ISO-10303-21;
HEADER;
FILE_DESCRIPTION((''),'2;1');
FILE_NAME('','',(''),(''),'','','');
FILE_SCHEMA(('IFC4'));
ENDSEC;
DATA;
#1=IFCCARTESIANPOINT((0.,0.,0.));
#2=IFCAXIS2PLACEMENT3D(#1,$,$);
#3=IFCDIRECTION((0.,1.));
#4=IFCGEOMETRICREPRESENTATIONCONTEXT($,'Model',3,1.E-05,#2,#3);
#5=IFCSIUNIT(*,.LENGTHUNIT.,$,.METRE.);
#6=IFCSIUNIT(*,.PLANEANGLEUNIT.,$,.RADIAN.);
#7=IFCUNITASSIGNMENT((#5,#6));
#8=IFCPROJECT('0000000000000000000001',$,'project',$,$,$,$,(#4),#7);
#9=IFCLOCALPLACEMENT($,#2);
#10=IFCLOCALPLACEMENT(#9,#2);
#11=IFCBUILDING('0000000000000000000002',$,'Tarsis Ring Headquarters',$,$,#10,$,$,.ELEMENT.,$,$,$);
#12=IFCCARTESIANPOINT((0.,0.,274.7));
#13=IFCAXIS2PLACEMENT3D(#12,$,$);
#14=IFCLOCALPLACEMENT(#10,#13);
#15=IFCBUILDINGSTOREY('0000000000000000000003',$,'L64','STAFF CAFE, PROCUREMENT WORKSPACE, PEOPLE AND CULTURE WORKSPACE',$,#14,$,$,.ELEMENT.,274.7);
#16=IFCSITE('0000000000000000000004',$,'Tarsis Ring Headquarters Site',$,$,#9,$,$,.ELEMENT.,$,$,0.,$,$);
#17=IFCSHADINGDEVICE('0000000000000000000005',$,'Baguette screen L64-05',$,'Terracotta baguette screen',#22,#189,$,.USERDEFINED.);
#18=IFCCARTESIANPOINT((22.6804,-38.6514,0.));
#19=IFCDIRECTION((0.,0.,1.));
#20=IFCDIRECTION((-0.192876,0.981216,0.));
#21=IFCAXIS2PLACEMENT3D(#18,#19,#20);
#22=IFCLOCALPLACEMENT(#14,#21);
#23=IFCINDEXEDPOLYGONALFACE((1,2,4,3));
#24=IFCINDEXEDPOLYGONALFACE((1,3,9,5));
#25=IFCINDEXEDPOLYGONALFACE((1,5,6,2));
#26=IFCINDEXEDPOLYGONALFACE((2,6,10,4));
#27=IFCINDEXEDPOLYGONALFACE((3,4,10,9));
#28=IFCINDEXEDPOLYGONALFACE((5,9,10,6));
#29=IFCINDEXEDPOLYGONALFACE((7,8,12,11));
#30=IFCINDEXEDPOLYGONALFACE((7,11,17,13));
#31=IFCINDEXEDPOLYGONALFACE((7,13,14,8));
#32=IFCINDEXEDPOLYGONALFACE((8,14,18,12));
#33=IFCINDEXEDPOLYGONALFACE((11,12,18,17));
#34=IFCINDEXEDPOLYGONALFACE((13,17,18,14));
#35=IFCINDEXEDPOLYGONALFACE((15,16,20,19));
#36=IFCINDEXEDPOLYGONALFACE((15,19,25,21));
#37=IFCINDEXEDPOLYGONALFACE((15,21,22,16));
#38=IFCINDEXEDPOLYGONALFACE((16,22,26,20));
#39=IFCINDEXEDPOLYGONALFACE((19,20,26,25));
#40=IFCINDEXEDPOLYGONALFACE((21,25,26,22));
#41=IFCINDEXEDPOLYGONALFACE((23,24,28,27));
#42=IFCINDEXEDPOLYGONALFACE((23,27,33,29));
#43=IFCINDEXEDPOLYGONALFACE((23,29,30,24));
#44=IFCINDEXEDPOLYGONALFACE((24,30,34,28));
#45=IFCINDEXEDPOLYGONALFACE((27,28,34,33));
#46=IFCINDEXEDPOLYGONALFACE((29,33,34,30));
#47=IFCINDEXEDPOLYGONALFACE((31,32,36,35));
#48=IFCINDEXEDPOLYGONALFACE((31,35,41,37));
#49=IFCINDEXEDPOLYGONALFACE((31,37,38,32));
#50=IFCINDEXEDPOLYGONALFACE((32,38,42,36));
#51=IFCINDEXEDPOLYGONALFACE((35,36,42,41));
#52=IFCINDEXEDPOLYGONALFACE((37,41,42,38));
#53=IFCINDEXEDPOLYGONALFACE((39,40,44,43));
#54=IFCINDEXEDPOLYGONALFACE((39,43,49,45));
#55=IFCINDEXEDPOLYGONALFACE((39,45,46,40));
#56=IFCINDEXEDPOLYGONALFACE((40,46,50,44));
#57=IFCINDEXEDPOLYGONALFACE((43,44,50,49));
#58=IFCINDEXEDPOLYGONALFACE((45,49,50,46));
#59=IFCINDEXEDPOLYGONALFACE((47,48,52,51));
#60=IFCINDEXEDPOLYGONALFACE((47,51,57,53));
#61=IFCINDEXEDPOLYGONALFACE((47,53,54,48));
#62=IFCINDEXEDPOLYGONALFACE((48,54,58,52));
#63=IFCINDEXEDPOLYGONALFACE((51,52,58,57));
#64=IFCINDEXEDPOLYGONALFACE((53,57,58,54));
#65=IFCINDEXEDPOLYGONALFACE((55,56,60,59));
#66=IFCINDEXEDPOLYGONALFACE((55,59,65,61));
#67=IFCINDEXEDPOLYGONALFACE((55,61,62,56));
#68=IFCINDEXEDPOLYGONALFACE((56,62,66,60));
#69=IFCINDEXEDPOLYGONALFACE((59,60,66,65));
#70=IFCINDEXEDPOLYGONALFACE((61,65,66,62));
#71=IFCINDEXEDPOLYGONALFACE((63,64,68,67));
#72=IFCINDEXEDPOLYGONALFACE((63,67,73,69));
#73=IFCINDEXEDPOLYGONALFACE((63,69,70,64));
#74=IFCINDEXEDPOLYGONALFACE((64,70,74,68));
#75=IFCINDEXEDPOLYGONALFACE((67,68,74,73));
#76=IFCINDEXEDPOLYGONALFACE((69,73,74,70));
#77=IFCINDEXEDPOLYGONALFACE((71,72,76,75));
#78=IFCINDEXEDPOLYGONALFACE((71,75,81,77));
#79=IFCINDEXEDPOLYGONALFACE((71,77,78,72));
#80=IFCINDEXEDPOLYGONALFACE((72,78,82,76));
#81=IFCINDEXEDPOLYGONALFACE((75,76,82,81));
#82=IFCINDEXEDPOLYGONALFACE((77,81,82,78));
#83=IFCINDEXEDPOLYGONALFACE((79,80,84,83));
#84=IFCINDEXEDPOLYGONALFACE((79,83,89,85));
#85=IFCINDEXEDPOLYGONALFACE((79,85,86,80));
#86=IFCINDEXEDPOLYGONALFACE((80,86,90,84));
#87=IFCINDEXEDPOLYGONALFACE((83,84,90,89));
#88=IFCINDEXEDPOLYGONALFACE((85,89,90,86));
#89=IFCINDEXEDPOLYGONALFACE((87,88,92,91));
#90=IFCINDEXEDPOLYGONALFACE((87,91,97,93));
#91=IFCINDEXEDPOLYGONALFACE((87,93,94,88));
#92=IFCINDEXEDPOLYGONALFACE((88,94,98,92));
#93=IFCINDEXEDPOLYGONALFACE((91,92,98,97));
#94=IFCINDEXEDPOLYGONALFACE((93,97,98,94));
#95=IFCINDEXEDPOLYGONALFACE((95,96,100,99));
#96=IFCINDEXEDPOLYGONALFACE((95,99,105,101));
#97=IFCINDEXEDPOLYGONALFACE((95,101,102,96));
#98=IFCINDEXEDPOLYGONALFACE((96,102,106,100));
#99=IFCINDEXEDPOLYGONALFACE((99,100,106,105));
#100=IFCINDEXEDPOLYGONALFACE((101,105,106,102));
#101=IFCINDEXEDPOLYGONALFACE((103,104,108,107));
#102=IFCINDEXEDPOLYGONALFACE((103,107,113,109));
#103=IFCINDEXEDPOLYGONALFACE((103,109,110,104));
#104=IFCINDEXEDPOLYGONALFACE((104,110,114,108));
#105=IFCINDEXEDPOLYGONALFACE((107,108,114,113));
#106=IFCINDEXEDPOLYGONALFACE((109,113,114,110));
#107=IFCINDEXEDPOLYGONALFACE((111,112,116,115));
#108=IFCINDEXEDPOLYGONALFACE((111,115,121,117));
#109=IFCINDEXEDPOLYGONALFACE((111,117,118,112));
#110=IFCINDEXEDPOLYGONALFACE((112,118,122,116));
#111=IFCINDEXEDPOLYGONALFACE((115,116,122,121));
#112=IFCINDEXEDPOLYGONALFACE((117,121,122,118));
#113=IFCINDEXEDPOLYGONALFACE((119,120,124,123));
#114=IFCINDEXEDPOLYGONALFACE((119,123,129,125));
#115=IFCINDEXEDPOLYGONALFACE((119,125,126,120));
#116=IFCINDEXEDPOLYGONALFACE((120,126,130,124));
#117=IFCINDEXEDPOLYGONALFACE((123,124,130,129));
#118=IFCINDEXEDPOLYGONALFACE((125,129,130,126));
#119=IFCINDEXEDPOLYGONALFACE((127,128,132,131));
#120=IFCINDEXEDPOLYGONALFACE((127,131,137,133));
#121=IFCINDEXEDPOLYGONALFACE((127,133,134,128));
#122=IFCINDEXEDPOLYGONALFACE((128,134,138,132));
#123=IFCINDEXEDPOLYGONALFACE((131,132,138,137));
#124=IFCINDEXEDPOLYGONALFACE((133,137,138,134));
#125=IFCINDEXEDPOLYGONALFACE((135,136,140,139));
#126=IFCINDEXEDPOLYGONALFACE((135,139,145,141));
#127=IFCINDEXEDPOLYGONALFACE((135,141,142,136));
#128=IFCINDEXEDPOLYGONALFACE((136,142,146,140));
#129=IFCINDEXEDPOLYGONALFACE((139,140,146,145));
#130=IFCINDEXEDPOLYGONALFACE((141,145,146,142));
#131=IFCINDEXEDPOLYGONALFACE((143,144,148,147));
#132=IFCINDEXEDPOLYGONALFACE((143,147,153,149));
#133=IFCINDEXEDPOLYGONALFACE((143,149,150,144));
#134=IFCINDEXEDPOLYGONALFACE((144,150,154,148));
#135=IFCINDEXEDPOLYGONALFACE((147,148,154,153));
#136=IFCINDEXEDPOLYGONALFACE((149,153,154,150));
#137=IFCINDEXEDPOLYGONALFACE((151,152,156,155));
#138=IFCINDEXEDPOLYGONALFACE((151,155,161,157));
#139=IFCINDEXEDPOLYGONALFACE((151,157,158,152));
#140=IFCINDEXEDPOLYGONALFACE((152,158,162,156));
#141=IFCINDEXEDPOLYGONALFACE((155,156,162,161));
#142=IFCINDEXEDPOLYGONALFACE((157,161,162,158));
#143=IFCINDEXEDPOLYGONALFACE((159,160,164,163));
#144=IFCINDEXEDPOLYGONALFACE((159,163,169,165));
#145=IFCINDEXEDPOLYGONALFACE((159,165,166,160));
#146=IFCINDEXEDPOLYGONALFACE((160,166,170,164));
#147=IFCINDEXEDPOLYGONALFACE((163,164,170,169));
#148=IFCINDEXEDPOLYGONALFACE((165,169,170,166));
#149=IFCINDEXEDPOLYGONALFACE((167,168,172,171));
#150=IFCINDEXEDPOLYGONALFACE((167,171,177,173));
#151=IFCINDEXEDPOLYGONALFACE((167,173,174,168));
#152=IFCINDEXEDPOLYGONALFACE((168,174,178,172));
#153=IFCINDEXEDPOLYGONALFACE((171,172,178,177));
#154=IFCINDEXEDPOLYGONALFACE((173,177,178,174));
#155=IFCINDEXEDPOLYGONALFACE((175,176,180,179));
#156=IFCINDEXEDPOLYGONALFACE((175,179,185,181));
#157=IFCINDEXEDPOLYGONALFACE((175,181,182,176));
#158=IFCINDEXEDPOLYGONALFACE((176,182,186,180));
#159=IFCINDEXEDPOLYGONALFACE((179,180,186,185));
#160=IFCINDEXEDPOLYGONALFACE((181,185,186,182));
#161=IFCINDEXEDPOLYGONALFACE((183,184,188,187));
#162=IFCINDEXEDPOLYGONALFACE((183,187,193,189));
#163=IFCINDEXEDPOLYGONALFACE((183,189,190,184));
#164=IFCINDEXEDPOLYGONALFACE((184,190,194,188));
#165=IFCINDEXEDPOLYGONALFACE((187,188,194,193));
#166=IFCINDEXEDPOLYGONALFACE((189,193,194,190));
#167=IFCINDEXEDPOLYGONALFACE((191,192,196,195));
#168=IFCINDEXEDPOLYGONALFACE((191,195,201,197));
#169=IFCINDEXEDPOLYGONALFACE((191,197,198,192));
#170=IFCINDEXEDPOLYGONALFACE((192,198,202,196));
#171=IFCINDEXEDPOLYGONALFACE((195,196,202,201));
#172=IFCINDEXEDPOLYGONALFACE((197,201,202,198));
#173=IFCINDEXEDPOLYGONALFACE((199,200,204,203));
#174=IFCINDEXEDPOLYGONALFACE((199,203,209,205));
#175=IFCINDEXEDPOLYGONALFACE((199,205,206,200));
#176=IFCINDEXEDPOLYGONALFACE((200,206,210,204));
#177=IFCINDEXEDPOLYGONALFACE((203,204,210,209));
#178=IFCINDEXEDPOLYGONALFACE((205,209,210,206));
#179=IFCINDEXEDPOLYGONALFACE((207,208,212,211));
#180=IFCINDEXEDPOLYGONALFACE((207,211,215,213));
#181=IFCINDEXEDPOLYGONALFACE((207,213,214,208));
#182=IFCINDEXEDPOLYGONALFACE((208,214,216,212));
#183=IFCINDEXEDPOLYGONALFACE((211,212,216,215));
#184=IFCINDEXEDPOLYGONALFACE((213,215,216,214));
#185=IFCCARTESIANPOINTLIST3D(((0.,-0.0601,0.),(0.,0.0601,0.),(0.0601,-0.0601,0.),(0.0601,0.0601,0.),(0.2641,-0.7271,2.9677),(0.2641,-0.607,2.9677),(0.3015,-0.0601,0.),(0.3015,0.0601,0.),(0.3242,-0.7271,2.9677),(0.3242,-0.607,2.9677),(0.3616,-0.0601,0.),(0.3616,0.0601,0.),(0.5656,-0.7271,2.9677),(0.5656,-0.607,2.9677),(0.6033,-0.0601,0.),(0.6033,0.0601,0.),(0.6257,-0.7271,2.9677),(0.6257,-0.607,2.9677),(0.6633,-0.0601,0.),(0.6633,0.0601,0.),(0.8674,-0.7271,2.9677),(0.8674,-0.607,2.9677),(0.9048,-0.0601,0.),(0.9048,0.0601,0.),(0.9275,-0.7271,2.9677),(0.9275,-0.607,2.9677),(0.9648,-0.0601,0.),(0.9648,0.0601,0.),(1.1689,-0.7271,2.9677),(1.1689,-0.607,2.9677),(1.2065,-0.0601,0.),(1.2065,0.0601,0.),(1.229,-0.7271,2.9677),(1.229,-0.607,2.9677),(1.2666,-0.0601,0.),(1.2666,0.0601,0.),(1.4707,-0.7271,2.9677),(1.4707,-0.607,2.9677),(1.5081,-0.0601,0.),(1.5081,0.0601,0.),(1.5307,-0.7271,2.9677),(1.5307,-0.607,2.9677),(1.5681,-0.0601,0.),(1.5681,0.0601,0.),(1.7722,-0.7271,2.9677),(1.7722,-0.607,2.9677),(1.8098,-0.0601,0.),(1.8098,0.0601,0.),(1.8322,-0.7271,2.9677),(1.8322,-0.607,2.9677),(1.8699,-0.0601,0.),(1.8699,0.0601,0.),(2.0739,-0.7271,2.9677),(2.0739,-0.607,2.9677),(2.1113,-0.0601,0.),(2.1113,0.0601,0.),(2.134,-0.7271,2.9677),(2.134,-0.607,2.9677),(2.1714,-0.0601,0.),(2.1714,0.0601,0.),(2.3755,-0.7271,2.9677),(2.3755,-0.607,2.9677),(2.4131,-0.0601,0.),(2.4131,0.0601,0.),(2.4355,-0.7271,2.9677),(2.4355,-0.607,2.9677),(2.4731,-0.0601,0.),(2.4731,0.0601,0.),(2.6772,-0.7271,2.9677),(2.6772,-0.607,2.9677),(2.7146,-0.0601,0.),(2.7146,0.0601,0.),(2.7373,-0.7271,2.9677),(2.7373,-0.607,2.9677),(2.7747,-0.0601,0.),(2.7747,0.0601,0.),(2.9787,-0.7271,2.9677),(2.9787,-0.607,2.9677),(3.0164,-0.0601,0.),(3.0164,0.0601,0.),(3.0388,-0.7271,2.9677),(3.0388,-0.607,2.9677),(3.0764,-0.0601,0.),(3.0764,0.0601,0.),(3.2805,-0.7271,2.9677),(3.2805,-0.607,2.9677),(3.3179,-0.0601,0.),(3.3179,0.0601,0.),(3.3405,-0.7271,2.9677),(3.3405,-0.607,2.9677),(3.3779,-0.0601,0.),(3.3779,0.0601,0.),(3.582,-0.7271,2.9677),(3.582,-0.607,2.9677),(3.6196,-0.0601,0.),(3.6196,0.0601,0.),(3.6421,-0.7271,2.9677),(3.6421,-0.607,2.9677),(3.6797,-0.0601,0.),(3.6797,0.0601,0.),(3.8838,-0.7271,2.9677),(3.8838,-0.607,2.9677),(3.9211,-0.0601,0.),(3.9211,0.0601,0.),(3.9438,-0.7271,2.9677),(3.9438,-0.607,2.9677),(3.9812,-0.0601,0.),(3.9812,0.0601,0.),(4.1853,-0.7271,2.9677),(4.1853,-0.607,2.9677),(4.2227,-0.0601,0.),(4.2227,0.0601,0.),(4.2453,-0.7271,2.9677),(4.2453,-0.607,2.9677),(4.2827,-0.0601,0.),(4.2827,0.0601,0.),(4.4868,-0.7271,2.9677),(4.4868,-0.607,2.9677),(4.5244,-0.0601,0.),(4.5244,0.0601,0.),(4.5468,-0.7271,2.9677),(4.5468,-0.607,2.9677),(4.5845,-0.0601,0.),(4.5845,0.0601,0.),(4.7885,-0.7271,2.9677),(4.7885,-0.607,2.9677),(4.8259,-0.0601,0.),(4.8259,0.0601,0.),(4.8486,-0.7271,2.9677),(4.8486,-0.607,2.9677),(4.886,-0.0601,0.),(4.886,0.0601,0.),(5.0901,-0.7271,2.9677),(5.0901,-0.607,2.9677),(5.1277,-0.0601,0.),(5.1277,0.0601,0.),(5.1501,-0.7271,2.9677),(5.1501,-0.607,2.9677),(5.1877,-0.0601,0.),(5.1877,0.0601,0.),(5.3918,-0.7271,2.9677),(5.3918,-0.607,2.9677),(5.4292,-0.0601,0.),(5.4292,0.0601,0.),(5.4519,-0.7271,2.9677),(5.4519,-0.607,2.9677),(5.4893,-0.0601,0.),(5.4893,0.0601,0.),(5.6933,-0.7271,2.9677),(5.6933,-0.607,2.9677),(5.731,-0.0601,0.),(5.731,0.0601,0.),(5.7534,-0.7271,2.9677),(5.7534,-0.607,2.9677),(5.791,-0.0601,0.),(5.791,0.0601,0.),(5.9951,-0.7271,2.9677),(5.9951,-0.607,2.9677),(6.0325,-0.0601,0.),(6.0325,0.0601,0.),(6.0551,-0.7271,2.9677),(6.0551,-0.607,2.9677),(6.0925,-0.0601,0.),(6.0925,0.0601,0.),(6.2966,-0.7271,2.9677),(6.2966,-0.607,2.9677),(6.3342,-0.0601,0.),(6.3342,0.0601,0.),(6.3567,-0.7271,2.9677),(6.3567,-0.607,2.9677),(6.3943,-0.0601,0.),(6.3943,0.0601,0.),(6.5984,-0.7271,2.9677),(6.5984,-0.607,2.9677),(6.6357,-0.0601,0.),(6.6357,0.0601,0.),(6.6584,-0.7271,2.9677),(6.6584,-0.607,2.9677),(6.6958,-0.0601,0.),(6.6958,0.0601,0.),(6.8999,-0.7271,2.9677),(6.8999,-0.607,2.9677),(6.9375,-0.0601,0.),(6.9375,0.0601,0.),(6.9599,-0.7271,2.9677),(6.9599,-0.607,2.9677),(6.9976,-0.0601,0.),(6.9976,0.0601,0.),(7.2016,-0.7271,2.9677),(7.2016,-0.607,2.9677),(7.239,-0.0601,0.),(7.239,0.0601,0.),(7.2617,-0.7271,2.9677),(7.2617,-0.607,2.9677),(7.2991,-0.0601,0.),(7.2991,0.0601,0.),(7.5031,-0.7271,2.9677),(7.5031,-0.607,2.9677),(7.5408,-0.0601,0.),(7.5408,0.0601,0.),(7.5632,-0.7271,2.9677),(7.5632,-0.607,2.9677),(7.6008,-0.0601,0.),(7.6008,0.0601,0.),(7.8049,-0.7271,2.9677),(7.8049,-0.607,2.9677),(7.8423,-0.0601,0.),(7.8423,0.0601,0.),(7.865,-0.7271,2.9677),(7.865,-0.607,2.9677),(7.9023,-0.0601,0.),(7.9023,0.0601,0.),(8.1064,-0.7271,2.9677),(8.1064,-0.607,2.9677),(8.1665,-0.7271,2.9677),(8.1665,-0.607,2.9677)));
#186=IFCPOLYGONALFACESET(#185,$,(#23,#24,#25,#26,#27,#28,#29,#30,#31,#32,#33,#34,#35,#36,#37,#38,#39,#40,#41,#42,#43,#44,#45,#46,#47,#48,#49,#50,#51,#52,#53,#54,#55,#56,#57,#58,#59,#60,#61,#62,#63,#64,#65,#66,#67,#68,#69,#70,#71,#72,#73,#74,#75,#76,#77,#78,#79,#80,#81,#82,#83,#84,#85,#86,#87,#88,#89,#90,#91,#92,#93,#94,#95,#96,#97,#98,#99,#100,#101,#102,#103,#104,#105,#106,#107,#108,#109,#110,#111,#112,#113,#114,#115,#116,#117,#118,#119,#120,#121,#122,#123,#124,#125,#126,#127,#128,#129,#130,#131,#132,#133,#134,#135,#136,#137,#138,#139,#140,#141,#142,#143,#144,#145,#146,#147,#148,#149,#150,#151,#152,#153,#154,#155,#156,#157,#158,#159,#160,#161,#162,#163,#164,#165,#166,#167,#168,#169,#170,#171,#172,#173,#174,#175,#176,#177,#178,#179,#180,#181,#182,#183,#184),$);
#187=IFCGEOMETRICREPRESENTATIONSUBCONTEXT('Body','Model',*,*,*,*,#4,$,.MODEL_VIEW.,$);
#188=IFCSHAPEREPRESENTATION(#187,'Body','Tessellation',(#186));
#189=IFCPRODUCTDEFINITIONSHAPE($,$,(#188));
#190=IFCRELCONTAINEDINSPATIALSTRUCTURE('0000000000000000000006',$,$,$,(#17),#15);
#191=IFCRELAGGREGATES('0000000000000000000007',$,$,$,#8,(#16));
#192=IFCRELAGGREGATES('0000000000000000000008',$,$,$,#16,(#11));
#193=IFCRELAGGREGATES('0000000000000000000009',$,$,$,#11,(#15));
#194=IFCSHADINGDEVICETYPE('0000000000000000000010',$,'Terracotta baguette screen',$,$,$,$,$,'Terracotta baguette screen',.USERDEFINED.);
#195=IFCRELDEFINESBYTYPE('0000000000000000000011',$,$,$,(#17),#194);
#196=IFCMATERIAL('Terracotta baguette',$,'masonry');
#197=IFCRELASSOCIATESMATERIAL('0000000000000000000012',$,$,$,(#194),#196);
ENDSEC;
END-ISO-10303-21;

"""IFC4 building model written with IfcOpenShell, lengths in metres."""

from ifc_helpers import new_model, si_unit, direction, frame, frame_2d, origin, place, context, subcontext, project, spatial, rectangle, composite_profile, extrude, material, type_object, element, save


model = new_model("IFC4")

# Units and contexts
model_context = context("Model", 3, precision=1e-05, world=origin(), true_north=direction((0.0, 1.0)))
body_context = subcontext(model_context, "Body", "Model", "MODEL_VIEW")
ifc_project = project(units=[si_unit("LENGTHUNIT", "METRE"), si_unit("PLANEANGLEUNIT", "RADIAN")], contexts=[model_context])

# Site, building, storey
site_placement = place(None, origin())
site = spatial("IfcSite", under=ifc_project, at=site_placement, Name="Tarsis Ring Headquarters Site", CompositionType="ELEMENT", RefElevation=0.0)
building_placement = place(site_placement, origin())
building = spatial("IfcBuilding", under=site, at=building_placement, Name="Tarsis Ring Headquarters", CompositionType="ELEMENT")
storey_placement = place(building_placement, frame((0.0, 0.0, 274.7)))
storey = spatial("IfcBuildingStorey", under=building, at=storey_placement, Name="L64", Description="STAFF CAFE, PROCUREMENT WORKSPACE, PEOPLE AND CULTURE WORKSPACE", CompositionType="ELEMENT", Elevation=274.7)

# Shading device
ifc_material_1 = material(Name="Terracotta baguette", Category="masonry")
shading_device_type_1 = type_object("IfcShadingDeviceType", Name="Terracotta baguette screen", ElementType="Terracotta baguette screen", PredefinedType="USERDEFINED", material=ifc_material_1)
shading_device_placement = place(storey_placement, frame((22.6804, -38.6514, 0.0), z_axis=(0.0, 0.0, 1.0), x_axis=(-0.192876, 0.981216, 0.0)))
element("IfcShadingDevice", 1, at=shading_device_placement, inside=storey, type_object=shading_device_type_1, Name="Baguette screen L64-05", ObjectType="Terracotta baguette screen", PredefinedType="USERDEFINED", context=body_context, shape_type="SweptSolid", body=[
    extrude(composite_profile([rectangle(XDim=0.0601, YDim=0.1201, at=frame_2d((0.03, 0.0))), rectangle(XDim=0.0601, YDim=0.1201, at=frame_2d((0.3315, 0.0))), rectangle(XDim=0.0601, YDim=0.1201, at=frame_2d((0.6333, 0.0))), rectangle(XDim=0.0601, YDim=0.1201, at=frame_2d((0.9348, 0.0))), rectangle(XDim=0.0601, YDim=0.1201, at=frame_2d((1.2366, 0.0))), rectangle(XDim=0.0601, YDim=0.1201, at=frame_2d((1.5381, 0.0))), rectangle(XDim=0.0601, YDim=0.1201, at=frame_2d((1.8398, 0.0))), rectangle(XDim=0.0601, YDim=0.1201, at=frame_2d((2.1414, 0.0))), rectangle(XDim=0.0601, YDim=0.1201, at=frame_2d((2.4431, 0.0))), rectangle(XDim=0.0601, YDim=0.1201, at=frame_2d((2.7446, 0.0))), rectangle(XDim=0.0601, YDim=0.1201, at=frame_2d((3.0464, 0.0))), rectangle(XDim=0.0601, YDim=0.1201, at=frame_2d((3.3479, 0.0))), rectangle(XDim=0.0601, YDim=0.1201, at=frame_2d((3.6497, 0.0))), rectangle(XDim=0.0601, YDim=0.1201, at=frame_2d((3.9512, 0.0))), rectangle(XDim=0.0601, YDim=0.1201, at=frame_2d((4.2527, 0.0))), rectangle(XDim=0.0601, YDim=0.1201, at=frame_2d((4.5544, 0.0))), rectangle(XDim=0.0601, YDim=0.1201, at=frame_2d((4.856, 0.0))), rectangle(XDim=0.0601, YDim=0.1201, at=frame_2d((5.1577, 0.0))), rectangle(XDim=0.0601, YDim=0.1201, at=frame_2d((5.4592, 0.0))), rectangle(XDim=0.0601, YDim=0.1201, at=frame_2d((5.761, 0.0))), rectangle(XDim=0.0601, YDim=0.1201, at=frame_2d((6.0625, 0.0))), rectangle(XDim=0.0601, YDim=0.1201, at=frame_2d((6.3643, 0.0))), rectangle(XDim=0.0601, YDim=0.1201, at=frame_2d((6.6658, 0.0))), rectangle(XDim=0.0601, YDim=0.1201, at=frame_2d((6.9675, 0.0))), rectangle(XDim=0.0601, YDim=0.1201, at=frame_2d((7.269, 0.0))), rectangle(XDim=0.0601, YDim=0.1201, at=frame_2d((7.5708, 0.0))), rectangle(XDim=0.0601, YDim=0.1201, at=frame_2d((7.8723, 0.0)))]), origin(), (0.086506, -0.218464, 0.972003), 3.0532),
])

save(model, "model.ifc")
